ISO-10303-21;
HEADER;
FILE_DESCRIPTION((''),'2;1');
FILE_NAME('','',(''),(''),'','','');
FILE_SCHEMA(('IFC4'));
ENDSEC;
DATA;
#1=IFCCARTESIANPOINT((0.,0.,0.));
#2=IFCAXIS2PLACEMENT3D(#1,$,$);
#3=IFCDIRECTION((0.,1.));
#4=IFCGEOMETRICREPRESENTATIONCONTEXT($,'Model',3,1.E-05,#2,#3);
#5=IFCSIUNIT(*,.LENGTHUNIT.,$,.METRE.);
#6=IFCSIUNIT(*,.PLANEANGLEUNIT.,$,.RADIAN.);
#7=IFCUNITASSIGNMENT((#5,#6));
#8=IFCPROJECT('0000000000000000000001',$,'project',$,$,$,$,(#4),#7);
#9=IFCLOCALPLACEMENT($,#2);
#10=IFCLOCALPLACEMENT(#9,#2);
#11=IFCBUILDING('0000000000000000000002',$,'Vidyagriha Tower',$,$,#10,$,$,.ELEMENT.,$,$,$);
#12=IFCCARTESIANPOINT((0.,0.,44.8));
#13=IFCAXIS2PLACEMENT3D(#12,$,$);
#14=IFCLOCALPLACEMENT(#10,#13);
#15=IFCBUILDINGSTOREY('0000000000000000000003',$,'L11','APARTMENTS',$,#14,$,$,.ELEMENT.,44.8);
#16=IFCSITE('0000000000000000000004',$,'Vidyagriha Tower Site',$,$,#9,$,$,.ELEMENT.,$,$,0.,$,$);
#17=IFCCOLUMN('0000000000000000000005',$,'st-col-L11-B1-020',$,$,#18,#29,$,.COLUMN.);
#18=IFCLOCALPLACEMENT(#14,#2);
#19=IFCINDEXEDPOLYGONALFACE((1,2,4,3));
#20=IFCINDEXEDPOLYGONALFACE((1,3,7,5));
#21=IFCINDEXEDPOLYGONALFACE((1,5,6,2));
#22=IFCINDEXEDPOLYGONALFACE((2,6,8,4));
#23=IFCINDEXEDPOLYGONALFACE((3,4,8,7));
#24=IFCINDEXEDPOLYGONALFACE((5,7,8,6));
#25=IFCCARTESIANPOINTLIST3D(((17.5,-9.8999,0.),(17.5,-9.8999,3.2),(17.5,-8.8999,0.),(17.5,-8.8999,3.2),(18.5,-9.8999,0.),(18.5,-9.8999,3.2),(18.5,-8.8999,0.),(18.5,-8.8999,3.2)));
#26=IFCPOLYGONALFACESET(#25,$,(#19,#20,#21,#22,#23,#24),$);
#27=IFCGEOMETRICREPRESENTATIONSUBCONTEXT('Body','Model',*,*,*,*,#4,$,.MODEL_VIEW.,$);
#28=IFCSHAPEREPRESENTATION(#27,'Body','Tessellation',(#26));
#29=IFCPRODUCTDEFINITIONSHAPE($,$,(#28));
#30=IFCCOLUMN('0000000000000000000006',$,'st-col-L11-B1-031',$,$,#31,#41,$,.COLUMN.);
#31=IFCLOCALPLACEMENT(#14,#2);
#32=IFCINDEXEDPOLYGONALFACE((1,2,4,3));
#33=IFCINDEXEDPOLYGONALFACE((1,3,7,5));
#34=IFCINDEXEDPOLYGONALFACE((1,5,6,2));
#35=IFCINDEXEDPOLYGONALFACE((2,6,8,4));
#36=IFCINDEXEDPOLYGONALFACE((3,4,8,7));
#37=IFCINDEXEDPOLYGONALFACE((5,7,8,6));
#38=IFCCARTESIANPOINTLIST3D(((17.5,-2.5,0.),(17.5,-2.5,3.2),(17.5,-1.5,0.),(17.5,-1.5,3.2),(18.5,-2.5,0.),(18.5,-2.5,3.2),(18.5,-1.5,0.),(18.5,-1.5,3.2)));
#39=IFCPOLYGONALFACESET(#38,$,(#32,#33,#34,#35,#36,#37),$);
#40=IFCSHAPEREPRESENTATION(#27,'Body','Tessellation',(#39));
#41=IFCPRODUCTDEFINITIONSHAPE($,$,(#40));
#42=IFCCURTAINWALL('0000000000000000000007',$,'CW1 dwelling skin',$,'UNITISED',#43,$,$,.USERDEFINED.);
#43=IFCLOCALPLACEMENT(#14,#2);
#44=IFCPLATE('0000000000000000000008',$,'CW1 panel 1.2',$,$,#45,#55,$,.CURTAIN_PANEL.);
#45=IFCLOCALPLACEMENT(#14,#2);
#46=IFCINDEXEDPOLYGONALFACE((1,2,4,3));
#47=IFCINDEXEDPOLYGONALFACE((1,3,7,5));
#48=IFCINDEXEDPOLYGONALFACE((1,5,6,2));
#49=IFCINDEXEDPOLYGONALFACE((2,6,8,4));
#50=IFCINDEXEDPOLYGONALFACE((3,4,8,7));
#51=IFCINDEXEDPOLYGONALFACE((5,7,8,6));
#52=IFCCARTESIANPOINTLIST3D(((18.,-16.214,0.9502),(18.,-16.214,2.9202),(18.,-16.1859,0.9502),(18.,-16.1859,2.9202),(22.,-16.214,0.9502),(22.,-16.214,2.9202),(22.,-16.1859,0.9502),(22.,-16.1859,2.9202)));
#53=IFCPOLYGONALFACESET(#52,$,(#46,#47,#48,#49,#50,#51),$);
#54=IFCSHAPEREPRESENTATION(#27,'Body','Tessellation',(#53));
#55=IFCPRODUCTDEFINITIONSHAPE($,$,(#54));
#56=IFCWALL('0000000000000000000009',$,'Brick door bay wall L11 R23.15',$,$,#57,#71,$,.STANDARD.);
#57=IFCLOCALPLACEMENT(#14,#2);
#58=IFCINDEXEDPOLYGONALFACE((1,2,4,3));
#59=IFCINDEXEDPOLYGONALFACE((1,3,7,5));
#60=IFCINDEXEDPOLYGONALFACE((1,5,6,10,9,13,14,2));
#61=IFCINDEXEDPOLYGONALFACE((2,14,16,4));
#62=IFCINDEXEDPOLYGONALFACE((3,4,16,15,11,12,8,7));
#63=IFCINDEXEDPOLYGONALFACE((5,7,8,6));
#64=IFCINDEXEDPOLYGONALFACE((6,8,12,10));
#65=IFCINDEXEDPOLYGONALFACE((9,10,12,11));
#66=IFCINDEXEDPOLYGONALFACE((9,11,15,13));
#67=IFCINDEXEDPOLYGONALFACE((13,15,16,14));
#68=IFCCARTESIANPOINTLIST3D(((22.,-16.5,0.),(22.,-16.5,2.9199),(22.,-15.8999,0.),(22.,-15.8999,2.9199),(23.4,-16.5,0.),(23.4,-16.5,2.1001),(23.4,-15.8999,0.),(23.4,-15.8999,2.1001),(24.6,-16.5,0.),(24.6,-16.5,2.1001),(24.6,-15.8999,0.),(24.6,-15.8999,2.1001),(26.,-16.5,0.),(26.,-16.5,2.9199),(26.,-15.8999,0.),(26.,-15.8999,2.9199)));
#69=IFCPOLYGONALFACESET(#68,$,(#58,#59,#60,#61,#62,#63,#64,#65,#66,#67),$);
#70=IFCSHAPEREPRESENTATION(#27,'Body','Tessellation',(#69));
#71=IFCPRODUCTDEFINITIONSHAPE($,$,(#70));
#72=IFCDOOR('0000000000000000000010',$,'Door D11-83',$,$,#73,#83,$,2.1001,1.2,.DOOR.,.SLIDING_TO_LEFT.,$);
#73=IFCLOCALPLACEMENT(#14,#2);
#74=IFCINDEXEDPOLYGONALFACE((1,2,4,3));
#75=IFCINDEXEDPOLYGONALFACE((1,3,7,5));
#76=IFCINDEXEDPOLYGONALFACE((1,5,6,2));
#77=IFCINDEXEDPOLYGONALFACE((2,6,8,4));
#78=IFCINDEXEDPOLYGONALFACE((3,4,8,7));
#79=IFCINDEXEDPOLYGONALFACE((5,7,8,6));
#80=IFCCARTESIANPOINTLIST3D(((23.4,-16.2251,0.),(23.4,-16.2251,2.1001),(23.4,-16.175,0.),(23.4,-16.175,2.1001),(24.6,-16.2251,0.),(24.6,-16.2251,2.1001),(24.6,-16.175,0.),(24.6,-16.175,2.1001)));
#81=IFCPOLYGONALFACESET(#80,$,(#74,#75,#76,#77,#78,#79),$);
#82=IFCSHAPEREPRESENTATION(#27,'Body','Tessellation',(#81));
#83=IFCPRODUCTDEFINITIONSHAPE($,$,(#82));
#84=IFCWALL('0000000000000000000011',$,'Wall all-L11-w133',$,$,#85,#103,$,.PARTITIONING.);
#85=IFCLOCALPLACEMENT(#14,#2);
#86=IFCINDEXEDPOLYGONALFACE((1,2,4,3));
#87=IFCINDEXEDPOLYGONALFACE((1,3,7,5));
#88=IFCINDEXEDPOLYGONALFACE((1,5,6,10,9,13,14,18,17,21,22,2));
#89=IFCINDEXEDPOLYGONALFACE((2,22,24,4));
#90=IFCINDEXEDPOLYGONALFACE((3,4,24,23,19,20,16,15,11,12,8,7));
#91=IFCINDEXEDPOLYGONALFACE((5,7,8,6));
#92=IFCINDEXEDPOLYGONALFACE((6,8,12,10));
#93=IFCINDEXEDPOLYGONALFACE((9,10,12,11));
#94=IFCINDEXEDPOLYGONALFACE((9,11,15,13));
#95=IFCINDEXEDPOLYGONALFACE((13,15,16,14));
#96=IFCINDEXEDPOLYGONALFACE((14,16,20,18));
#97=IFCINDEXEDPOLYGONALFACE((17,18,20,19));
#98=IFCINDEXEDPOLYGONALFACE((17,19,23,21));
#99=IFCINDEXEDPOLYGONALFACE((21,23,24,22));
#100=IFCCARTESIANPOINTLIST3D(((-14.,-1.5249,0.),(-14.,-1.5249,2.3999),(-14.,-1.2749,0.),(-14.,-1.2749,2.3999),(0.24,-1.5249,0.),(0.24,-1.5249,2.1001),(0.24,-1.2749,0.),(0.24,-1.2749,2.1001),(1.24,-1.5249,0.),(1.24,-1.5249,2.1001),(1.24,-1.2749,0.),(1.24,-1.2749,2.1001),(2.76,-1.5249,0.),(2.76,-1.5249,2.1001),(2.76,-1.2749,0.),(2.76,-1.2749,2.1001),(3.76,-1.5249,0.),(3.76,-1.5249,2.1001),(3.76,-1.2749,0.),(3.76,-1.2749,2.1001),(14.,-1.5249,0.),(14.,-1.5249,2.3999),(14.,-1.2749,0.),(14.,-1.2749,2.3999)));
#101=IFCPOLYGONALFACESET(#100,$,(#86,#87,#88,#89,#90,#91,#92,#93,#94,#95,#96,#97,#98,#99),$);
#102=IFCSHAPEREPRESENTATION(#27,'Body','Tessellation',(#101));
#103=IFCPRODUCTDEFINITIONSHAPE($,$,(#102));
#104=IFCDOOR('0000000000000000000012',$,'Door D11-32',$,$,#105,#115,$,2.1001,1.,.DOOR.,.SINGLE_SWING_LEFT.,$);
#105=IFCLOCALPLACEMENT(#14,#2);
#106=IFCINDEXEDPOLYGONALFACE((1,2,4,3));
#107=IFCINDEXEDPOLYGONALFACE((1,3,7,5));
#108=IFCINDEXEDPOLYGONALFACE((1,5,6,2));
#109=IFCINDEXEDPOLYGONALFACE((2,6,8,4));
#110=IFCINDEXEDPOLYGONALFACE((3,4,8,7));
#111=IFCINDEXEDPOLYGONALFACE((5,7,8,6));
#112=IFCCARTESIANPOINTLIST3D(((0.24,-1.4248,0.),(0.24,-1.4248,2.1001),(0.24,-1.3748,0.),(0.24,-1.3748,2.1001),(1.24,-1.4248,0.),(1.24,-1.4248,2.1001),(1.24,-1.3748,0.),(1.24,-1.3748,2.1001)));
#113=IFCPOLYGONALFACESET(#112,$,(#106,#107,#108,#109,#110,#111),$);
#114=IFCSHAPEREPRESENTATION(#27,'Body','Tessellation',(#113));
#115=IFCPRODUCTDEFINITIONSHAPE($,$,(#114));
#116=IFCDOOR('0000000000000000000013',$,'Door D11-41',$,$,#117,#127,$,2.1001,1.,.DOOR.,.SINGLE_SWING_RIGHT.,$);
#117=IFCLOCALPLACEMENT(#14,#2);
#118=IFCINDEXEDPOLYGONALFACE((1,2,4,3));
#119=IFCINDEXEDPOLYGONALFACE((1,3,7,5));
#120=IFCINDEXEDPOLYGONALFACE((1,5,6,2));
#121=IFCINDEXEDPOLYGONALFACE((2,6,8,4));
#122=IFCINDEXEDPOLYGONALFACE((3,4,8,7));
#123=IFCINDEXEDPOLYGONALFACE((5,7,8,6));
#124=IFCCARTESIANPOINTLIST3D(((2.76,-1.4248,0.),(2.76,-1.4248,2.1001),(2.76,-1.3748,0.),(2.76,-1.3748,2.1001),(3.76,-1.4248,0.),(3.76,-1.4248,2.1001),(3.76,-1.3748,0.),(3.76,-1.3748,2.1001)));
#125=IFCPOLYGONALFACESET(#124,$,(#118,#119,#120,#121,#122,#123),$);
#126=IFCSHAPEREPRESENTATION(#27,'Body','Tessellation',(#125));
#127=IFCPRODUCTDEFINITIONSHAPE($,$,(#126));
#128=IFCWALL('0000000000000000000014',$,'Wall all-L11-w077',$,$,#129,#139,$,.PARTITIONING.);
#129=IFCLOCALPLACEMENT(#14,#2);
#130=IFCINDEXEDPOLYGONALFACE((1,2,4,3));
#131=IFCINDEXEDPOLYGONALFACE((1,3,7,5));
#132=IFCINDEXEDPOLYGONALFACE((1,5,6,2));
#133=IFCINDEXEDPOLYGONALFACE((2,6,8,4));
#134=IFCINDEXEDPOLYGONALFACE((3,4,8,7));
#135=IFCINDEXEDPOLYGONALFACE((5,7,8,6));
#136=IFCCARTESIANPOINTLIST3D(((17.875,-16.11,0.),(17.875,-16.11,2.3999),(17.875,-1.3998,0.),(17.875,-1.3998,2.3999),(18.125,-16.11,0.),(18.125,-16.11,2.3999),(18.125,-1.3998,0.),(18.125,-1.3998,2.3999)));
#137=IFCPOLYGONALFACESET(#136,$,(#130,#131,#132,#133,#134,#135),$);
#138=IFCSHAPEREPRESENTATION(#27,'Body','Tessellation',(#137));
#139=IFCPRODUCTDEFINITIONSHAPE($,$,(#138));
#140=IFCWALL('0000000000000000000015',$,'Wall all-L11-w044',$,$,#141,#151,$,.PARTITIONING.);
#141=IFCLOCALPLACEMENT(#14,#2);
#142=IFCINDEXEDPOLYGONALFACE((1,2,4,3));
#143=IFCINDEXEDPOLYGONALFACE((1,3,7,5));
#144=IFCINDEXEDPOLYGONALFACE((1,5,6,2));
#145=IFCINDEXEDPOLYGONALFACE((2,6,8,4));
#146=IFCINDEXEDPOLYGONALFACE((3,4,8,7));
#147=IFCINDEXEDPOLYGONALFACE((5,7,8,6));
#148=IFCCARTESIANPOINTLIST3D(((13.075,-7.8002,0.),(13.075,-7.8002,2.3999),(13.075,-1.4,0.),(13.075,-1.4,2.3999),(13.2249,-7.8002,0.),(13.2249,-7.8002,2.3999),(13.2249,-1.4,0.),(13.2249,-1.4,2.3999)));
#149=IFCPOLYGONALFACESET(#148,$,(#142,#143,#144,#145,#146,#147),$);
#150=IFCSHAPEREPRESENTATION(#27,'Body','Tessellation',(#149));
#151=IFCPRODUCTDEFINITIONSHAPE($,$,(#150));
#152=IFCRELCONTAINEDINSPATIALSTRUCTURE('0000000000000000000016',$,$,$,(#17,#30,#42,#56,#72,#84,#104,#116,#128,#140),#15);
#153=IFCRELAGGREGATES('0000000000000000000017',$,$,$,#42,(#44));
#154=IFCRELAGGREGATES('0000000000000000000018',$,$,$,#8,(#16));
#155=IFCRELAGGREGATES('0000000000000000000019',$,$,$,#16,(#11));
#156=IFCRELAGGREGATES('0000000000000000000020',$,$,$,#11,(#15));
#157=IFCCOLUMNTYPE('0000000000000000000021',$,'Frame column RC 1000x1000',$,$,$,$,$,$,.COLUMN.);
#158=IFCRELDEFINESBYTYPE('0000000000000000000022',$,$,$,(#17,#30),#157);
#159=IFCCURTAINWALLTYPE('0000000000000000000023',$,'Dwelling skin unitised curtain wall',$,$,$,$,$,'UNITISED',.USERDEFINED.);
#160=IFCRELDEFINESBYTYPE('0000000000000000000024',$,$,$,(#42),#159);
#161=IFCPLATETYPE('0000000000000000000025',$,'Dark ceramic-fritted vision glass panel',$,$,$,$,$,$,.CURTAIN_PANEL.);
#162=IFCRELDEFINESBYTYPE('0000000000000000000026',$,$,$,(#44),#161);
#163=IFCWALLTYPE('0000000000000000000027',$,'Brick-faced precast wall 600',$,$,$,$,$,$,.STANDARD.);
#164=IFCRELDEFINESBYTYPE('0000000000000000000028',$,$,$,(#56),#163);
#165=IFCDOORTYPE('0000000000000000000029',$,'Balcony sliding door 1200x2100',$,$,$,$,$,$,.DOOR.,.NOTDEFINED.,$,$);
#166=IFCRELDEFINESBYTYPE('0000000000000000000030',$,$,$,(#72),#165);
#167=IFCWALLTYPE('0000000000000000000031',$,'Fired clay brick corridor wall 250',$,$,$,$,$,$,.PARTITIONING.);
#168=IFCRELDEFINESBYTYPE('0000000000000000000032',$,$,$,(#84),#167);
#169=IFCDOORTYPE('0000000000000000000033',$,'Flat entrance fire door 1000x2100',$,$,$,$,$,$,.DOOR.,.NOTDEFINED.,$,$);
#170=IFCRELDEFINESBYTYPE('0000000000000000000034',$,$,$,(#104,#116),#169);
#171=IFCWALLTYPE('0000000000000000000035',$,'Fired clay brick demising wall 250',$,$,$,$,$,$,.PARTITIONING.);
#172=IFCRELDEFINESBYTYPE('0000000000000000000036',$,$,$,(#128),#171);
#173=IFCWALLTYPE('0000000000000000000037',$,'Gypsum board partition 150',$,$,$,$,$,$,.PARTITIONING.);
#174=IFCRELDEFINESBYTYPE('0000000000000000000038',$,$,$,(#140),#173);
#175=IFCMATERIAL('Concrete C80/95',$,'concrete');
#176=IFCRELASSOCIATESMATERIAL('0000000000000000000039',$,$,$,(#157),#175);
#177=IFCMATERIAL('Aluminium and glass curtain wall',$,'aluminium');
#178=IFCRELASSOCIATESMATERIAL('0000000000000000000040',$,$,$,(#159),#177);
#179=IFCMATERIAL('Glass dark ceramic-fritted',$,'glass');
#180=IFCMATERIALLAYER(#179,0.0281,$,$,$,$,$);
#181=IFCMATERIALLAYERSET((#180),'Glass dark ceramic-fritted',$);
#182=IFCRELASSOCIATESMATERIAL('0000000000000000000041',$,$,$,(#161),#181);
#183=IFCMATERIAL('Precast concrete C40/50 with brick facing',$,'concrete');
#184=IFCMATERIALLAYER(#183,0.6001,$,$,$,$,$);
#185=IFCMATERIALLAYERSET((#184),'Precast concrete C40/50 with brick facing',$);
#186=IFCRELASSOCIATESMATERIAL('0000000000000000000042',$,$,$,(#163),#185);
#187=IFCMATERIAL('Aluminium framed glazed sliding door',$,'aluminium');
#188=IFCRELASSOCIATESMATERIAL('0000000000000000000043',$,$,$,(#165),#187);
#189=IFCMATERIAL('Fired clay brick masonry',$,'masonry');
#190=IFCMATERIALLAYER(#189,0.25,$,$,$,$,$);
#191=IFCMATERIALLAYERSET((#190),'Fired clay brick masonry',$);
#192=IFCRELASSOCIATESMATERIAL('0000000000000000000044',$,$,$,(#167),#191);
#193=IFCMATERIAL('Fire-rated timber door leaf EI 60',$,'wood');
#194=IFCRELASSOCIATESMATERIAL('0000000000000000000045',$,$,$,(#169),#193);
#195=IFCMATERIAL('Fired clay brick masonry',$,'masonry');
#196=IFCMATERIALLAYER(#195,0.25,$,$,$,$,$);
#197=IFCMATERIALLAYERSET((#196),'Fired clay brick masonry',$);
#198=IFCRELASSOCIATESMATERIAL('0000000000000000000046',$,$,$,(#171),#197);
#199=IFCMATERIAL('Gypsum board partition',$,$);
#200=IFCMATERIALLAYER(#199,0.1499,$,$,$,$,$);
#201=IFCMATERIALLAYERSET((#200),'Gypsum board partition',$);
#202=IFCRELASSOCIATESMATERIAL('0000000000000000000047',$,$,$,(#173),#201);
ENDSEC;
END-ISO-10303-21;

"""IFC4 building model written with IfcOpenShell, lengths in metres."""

from ifc_helpers import new_model, si_unit, direction, frame, frame_2d, origin, origin_2d, place, context, subcontext, project, spatial, rectangle, extrude, material, layer, layer_set, material_profile, profile_set, type_object, element, fill, aggregate, save


model = new_model("IFC4")

# Units and contexts
model_context = context("Model", 3, precision=1e-05, world=origin(), true_north=direction((0.0, 1.0)))
body_context = subcontext(model_context, "Body", "Model", "MODEL_VIEW")
ifc_project = project(units=[si_unit("LENGTHUNIT", "METRE"), si_unit("PLANEANGLEUNIT", "RADIAN")], contexts=[model_context])

# Site, building, storey
site_placement = place(None, origin())
site = spatial("IfcSite", under=ifc_project, at=site_placement, Name="Vidyagriha Tower Site", CompositionType="ELEMENT", RefElevation=0.0)
building_placement = place(site_placement, origin())
building = spatial("IfcBuilding", under=site, at=building_placement, Name="Vidyagriha Tower", CompositionType="ELEMENT")
storey_placement = place(building_placement, frame((0.0, 0.0, 44.8)))
storey = spatial("IfcBuildingStorey", under=building, at=storey_placement, Name="L11", Description="APARTMENTS", CompositionType="ELEMENT", Elevation=44.8)

# Columns
ifc_material_1 = material(Name="Concrete C80/95", Category="concrete")
ifc_material_profile = material_profile(ifc_material_1, rectangle(XDim=1.0, YDim=1.0, at=origin_2d()), Name="RC 1000x1000")
ifc_profile_set = profile_set([ifc_material_profile], Name="Concrete C80/95")
column_type = type_object("IfcColumnType", Name="Frame column RC 1000x1000", PredefinedType="COLUMN", material=ifc_profile_set)
for number, where, name in (
    (1, (18.0, -9.3999, 0.0), "st-col-L11-B1-020"),
    (2, (18.0, -2.0, 0.0), "st-col-L11-B1-031"),
):
    element("IfcColumn", number, at=place(storey_placement, frame(where)), inside=storey, type_object=column_type, Name=name, PredefinedType="COLUMN", context=body_context, shape_type="SweptSolid", body=[
        extrude(rectangle(XDim=1.0, YDim=1.0, at=origin_2d()), origin(), (0.0, 0.0, 1.0), 3.2),
    ])

# Curtain wall, plate
ifc_material_2 = material(Name="Aluminium and glass curtain wall", Category="aluminium")
curtain_wall_type = type_object("IfcCurtainWallType", Name="Dwelling skin unitised curtain wall", ElementType="UNITISED", PredefinedType="USERDEFINED", material=ifc_material_2)
curtain_wall_placement = place(storey_placement, origin())
curtain_wall = element("IfcCurtainWall", 3, at=curtain_wall_placement, inside=storey, type_object=curtain_wall_type, Name="CW1 dwelling skin", ObjectType="UNITISED", PredefinedType="USERDEFINED")
ifc_material_3 = material(Name="Glass dark ceramic-fritted", Category="glass")
ifc_layer_1 = layer(ifc_material_3, 0.0281)
ifc_layer_set_1 = layer_set([ifc_layer_1], Name="Glass dark ceramic-fritted")
plate_type = type_object("IfcPlateType", Name="Dark ceramic-fritted vision glass panel", PredefinedType="CURTAIN_PANEL", material=ifc_layer_set_1)
plate_placement = place(storey_placement, frame((20.0, -16.2, 0.9502)))
plate = element("IfcPlate", 4, at=plate_placement, type_object=plate_type, Name="CW1 panel 1.2", PredefinedType="CURTAIN_PANEL", context=body_context, shape_type="SweptSolid", body=[
    extrude(rectangle(XDim=4.0, YDim=0.0281, at=origin_2d()), origin(), (0.0, 0.0, 1.0), 1.97),
])
aggregate(curtain_wall, [plate])

# Wall, opening, door
ifc_material_4 = material(Name="Precast concrete C40/50 with brick facing", Category="concrete")
ifc_layer_2 = layer(ifc_material_4, 0.6001)
ifc_layer_set_2 = layer_set([ifc_layer_2], Name="Precast concrete C40/50 with brick facing")
wall_type_1 = type_object("IfcWallType", Name="Brick-faced precast wall 600", PredefinedType="STANDARD", material=ifc_layer_set_2)
wall_1_placement = place(storey_placement, frame((22.0, -16.2, 0.0)))
wall_1 = element("IfcWall", 5, at=wall_1_placement, inside=storey, type_object=wall_type_1, Name="Brick door bay wall L11 R23.15", PredefinedType="STANDARD", context=body_context, shape_type="SweptSolid", body=[
    extrude(rectangle(XDim=4.0, YDim=0.6001, at=frame_2d((2.0, 0.0))), origin(), (0.0, 0.0, 1.0), 2.9199),
])
opening_1_placement = place(wall_1_placement, frame((1.3999, 0.0, 0.0)))
opening_1 = element("IfcOpeningElement", 6, at=opening_1_placement, cuts=wall_1, PredefinedType="OPENING", context=body_context, shape_type="SweptSolid", body=[
    extrude(rectangle(XDim=1.2, YDim=2.1001, at=frame_2d((0.6001, 1.05))), frame((0.0, 0.3101, 0.0), z_axis=(0.0, -1.0, 0.0), x_axis=(1.0, 0.0, 0.0)), (0.0, 0.0, 1.0), 0.6201),
])
ifc_material_5 = material(Name="Aluminium framed glazed sliding door", Category="aluminium")
door_type_1 = type_object("IfcDoorType", Name="Balcony sliding door 1200x2100", OperationType="NOTDEFINED", PredefinedType="DOOR", material=ifc_material_5)
door_1_placement = place(opening_1_placement, origin())
door_1 = element("IfcDoor", 7, at=door_1_placement, inside=storey, type_object=door_type_1, Name="Door D11-83", OperationType="SLIDING_TO_LEFT", OverallHeight=2.1001, OverallWidth=1.2, PredefinedType="DOOR", context=body_context, shape_type="SweptSolid", body=[
    extrude(rectangle(XDim=1.2, YDim=2.1001, at=frame_2d((0.6001, 1.05))), frame((0.0, 0.0249, 0.0), z_axis=(0.0, -1.0, 0.0), x_axis=(1.0, 0.0, 0.0)), (0.0, 0.0, 1.0), 0.05),
])
fill(opening_1, door_1)

# Wall, openings, doors
ifc_material_6 = material(Name="Fired clay brick masonry", Category="masonry")
ifc_layer_3 = layer(ifc_material_6, 0.25)
ifc_layer_set_3 = layer_set([ifc_layer_3], Name="Fired clay brick masonry")
wall_type_2 = type_object("IfcWallType", Name="Fired clay brick corridor wall 250", PredefinedType="PARTITIONING", material=ifc_layer_set_3)
wall_2_placement = place(storey_placement, frame((14.0, -1.3999, 0.0), z_axis=(0.0, 0.0, 1.0), x_axis=(-1.0, 0.0, 0.0)))
wall_2 = element("IfcWall", 8, at=wall_2_placement, inside=storey, type_object=wall_type_2, Name="Wall all-L11-w133", PredefinedType="PARTITIONING", context=body_context, shape_type="SweptSolid", body=[
    extrude(rectangle(XDim=28.0, YDim=0.25, at=frame_2d((14.0, 0.0))), origin(), (0.0, 0.0, 1.0), 2.3999),
])
opening_2_placement = place(wall_2_placement, frame((12.76, 0.0, 0.0)))
opening_2 = element("IfcOpeningElement", 9, at=opening_2_placement, cuts=wall_2, PredefinedType="OPENING", context=body_context, shape_type="SweptSolid", body=[
    extrude(rectangle(XDim=1.0, YDim=2.1001, at=frame_2d((0.5, 1.05))), frame((0.0, 0.135, 0.0), z_axis=(0.0, -1.0, 0.0), x_axis=(1.0, 0.0, 0.0)), (0.0, 0.0, 1.0), 0.27),
])
opening_3_placement = place(wall_2_placement, frame((10.24, 0.0, 0.0)))
opening_3 = element("IfcOpeningElement", 10, at=opening_3_placement, cuts=wall_2, PredefinedType="OPENING", context=body_context, shape_type="SweptSolid", body=[
    extrude(rectangle(XDim=1.0, YDim=2.1001, at=frame_2d((0.5, 1.05))), frame((0.0, 0.135, 0.0), z_axis=(0.0, -1.0, 0.0), x_axis=(1.0, 0.0, 0.0)), (0.0, 0.0, 1.0), 0.27),
])
ifc_material_7 = material(Name="Fire-rated timber door leaf EI 60", Category="wood")
door_type_2 = type_object("IfcDoorType", Name="Flat entrance fire door 1000x2100", OperationType="NOTDEFINED", PredefinedType="DOOR", material=ifc_material_7)
door_2_placement = place(opening_2_placement, origin())
door_2 = element("IfcDoor", 11, at=door_2_placement, inside=storey, type_object=door_type_2, Name="Door D11-32", OperationType="SINGLE_SWING_LEFT", OverallHeight=2.1001, OverallWidth=1.0, PredefinedType="DOOR", context=body_context, shape_type="SweptSolid", body=[
    extrude(rectangle(XDim=1.0, YDim=2.1001, at=frame_2d((0.5, 1.05))), frame((0.0, 0.0249, 0.0), z_axis=(0.0, -1.0, 0.0), x_axis=(1.0, 0.0, 0.0)), (0.0, 0.0, 1.0), 0.05),
])
fill(opening_2, door_2)
door_3_placement = place(opening_3_placement, origin())
door_3 = element("IfcDoor", 12, at=door_3_placement, inside=storey, type_object=door_type_2, Name="Door D11-41", OperationType="SINGLE_SWING_RIGHT", OverallHeight=2.1001, OverallWidth=1.0, PredefinedType="DOOR", context=body_context, shape_type="SweptSolid", body=[
    extrude(rectangle(XDim=1.0, YDim=2.1001, at=frame_2d((0.5, 1.05))), frame((0.0, 0.0249, 0.0), z_axis=(0.0, -1.0, 0.0), x_axis=(1.0, 0.0, 0.0)), (0.0, 0.0, 1.0), 0.05),
])
fill(opening_3, door_3)

# Walls
ifc_material_8 = material(Name="Fired clay brick masonry", Category="masonry")
ifc_layer_4 = layer(ifc_material_8, 0.25)
ifc_layer_set_4 = layer_set([ifc_layer_4], Name="Fired clay brick masonry")
wall_type_3 = type_object("IfcWallType", Name="Fired clay brick demising wall 250", PredefinedType="PARTITIONING", material=ifc_layer_set_4)
wall_3_placement = place(storey_placement, frame((18.0, -1.3999, 0.0), z_axis=(0.0, 0.0, 1.0), x_axis=(0.0, -1.0, 0.0)))
element("IfcWall", 13, at=wall_3_placement, inside=storey, type_object=wall_type_3, Name="Wall all-L11-w077", PredefinedType="PARTITIONING", context=body_context, shape_type="SweptSolid", body=[
    extrude(rectangle(XDim=14.7102, YDim=0.25, at=frame_2d((7.355, 0.0))), origin(), (0.0, 0.0, 1.0), 2.3999),
])
ifc_material_9 = material(Name="Gypsum board partition")
ifc_layer_5 = layer(ifc_material_9, 0.1499)
ifc_layer_set_5 = layer_set([ifc_layer_5], Name="Gypsum board partition")
wall_type_4 = type_object("IfcWallType", Name="Gypsum board partition 150", PredefinedType="PARTITIONING", material=ifc_layer_set_5)
wall_4_placement = place(storey_placement, frame((13.1499, -1.3999, 0.0), z_axis=(0.0, 0.0, 1.0), x_axis=(0.0, -1.0, 0.0)))
element("IfcWall", 14, at=wall_4_placement, inside=storey, type_object=wall_type_4, Name="Wall all-L11-w044", PredefinedType="PARTITIONING", context=body_context, shape_type="SweptSolid", body=[
    extrude(rectangle(XDim=6.4001, YDim=0.1499, at=frame_2d((3.2002, 0.0))), origin(), (0.0, 0.0, 1.0), 2.3999),
])

save(model, "model.ifc")
